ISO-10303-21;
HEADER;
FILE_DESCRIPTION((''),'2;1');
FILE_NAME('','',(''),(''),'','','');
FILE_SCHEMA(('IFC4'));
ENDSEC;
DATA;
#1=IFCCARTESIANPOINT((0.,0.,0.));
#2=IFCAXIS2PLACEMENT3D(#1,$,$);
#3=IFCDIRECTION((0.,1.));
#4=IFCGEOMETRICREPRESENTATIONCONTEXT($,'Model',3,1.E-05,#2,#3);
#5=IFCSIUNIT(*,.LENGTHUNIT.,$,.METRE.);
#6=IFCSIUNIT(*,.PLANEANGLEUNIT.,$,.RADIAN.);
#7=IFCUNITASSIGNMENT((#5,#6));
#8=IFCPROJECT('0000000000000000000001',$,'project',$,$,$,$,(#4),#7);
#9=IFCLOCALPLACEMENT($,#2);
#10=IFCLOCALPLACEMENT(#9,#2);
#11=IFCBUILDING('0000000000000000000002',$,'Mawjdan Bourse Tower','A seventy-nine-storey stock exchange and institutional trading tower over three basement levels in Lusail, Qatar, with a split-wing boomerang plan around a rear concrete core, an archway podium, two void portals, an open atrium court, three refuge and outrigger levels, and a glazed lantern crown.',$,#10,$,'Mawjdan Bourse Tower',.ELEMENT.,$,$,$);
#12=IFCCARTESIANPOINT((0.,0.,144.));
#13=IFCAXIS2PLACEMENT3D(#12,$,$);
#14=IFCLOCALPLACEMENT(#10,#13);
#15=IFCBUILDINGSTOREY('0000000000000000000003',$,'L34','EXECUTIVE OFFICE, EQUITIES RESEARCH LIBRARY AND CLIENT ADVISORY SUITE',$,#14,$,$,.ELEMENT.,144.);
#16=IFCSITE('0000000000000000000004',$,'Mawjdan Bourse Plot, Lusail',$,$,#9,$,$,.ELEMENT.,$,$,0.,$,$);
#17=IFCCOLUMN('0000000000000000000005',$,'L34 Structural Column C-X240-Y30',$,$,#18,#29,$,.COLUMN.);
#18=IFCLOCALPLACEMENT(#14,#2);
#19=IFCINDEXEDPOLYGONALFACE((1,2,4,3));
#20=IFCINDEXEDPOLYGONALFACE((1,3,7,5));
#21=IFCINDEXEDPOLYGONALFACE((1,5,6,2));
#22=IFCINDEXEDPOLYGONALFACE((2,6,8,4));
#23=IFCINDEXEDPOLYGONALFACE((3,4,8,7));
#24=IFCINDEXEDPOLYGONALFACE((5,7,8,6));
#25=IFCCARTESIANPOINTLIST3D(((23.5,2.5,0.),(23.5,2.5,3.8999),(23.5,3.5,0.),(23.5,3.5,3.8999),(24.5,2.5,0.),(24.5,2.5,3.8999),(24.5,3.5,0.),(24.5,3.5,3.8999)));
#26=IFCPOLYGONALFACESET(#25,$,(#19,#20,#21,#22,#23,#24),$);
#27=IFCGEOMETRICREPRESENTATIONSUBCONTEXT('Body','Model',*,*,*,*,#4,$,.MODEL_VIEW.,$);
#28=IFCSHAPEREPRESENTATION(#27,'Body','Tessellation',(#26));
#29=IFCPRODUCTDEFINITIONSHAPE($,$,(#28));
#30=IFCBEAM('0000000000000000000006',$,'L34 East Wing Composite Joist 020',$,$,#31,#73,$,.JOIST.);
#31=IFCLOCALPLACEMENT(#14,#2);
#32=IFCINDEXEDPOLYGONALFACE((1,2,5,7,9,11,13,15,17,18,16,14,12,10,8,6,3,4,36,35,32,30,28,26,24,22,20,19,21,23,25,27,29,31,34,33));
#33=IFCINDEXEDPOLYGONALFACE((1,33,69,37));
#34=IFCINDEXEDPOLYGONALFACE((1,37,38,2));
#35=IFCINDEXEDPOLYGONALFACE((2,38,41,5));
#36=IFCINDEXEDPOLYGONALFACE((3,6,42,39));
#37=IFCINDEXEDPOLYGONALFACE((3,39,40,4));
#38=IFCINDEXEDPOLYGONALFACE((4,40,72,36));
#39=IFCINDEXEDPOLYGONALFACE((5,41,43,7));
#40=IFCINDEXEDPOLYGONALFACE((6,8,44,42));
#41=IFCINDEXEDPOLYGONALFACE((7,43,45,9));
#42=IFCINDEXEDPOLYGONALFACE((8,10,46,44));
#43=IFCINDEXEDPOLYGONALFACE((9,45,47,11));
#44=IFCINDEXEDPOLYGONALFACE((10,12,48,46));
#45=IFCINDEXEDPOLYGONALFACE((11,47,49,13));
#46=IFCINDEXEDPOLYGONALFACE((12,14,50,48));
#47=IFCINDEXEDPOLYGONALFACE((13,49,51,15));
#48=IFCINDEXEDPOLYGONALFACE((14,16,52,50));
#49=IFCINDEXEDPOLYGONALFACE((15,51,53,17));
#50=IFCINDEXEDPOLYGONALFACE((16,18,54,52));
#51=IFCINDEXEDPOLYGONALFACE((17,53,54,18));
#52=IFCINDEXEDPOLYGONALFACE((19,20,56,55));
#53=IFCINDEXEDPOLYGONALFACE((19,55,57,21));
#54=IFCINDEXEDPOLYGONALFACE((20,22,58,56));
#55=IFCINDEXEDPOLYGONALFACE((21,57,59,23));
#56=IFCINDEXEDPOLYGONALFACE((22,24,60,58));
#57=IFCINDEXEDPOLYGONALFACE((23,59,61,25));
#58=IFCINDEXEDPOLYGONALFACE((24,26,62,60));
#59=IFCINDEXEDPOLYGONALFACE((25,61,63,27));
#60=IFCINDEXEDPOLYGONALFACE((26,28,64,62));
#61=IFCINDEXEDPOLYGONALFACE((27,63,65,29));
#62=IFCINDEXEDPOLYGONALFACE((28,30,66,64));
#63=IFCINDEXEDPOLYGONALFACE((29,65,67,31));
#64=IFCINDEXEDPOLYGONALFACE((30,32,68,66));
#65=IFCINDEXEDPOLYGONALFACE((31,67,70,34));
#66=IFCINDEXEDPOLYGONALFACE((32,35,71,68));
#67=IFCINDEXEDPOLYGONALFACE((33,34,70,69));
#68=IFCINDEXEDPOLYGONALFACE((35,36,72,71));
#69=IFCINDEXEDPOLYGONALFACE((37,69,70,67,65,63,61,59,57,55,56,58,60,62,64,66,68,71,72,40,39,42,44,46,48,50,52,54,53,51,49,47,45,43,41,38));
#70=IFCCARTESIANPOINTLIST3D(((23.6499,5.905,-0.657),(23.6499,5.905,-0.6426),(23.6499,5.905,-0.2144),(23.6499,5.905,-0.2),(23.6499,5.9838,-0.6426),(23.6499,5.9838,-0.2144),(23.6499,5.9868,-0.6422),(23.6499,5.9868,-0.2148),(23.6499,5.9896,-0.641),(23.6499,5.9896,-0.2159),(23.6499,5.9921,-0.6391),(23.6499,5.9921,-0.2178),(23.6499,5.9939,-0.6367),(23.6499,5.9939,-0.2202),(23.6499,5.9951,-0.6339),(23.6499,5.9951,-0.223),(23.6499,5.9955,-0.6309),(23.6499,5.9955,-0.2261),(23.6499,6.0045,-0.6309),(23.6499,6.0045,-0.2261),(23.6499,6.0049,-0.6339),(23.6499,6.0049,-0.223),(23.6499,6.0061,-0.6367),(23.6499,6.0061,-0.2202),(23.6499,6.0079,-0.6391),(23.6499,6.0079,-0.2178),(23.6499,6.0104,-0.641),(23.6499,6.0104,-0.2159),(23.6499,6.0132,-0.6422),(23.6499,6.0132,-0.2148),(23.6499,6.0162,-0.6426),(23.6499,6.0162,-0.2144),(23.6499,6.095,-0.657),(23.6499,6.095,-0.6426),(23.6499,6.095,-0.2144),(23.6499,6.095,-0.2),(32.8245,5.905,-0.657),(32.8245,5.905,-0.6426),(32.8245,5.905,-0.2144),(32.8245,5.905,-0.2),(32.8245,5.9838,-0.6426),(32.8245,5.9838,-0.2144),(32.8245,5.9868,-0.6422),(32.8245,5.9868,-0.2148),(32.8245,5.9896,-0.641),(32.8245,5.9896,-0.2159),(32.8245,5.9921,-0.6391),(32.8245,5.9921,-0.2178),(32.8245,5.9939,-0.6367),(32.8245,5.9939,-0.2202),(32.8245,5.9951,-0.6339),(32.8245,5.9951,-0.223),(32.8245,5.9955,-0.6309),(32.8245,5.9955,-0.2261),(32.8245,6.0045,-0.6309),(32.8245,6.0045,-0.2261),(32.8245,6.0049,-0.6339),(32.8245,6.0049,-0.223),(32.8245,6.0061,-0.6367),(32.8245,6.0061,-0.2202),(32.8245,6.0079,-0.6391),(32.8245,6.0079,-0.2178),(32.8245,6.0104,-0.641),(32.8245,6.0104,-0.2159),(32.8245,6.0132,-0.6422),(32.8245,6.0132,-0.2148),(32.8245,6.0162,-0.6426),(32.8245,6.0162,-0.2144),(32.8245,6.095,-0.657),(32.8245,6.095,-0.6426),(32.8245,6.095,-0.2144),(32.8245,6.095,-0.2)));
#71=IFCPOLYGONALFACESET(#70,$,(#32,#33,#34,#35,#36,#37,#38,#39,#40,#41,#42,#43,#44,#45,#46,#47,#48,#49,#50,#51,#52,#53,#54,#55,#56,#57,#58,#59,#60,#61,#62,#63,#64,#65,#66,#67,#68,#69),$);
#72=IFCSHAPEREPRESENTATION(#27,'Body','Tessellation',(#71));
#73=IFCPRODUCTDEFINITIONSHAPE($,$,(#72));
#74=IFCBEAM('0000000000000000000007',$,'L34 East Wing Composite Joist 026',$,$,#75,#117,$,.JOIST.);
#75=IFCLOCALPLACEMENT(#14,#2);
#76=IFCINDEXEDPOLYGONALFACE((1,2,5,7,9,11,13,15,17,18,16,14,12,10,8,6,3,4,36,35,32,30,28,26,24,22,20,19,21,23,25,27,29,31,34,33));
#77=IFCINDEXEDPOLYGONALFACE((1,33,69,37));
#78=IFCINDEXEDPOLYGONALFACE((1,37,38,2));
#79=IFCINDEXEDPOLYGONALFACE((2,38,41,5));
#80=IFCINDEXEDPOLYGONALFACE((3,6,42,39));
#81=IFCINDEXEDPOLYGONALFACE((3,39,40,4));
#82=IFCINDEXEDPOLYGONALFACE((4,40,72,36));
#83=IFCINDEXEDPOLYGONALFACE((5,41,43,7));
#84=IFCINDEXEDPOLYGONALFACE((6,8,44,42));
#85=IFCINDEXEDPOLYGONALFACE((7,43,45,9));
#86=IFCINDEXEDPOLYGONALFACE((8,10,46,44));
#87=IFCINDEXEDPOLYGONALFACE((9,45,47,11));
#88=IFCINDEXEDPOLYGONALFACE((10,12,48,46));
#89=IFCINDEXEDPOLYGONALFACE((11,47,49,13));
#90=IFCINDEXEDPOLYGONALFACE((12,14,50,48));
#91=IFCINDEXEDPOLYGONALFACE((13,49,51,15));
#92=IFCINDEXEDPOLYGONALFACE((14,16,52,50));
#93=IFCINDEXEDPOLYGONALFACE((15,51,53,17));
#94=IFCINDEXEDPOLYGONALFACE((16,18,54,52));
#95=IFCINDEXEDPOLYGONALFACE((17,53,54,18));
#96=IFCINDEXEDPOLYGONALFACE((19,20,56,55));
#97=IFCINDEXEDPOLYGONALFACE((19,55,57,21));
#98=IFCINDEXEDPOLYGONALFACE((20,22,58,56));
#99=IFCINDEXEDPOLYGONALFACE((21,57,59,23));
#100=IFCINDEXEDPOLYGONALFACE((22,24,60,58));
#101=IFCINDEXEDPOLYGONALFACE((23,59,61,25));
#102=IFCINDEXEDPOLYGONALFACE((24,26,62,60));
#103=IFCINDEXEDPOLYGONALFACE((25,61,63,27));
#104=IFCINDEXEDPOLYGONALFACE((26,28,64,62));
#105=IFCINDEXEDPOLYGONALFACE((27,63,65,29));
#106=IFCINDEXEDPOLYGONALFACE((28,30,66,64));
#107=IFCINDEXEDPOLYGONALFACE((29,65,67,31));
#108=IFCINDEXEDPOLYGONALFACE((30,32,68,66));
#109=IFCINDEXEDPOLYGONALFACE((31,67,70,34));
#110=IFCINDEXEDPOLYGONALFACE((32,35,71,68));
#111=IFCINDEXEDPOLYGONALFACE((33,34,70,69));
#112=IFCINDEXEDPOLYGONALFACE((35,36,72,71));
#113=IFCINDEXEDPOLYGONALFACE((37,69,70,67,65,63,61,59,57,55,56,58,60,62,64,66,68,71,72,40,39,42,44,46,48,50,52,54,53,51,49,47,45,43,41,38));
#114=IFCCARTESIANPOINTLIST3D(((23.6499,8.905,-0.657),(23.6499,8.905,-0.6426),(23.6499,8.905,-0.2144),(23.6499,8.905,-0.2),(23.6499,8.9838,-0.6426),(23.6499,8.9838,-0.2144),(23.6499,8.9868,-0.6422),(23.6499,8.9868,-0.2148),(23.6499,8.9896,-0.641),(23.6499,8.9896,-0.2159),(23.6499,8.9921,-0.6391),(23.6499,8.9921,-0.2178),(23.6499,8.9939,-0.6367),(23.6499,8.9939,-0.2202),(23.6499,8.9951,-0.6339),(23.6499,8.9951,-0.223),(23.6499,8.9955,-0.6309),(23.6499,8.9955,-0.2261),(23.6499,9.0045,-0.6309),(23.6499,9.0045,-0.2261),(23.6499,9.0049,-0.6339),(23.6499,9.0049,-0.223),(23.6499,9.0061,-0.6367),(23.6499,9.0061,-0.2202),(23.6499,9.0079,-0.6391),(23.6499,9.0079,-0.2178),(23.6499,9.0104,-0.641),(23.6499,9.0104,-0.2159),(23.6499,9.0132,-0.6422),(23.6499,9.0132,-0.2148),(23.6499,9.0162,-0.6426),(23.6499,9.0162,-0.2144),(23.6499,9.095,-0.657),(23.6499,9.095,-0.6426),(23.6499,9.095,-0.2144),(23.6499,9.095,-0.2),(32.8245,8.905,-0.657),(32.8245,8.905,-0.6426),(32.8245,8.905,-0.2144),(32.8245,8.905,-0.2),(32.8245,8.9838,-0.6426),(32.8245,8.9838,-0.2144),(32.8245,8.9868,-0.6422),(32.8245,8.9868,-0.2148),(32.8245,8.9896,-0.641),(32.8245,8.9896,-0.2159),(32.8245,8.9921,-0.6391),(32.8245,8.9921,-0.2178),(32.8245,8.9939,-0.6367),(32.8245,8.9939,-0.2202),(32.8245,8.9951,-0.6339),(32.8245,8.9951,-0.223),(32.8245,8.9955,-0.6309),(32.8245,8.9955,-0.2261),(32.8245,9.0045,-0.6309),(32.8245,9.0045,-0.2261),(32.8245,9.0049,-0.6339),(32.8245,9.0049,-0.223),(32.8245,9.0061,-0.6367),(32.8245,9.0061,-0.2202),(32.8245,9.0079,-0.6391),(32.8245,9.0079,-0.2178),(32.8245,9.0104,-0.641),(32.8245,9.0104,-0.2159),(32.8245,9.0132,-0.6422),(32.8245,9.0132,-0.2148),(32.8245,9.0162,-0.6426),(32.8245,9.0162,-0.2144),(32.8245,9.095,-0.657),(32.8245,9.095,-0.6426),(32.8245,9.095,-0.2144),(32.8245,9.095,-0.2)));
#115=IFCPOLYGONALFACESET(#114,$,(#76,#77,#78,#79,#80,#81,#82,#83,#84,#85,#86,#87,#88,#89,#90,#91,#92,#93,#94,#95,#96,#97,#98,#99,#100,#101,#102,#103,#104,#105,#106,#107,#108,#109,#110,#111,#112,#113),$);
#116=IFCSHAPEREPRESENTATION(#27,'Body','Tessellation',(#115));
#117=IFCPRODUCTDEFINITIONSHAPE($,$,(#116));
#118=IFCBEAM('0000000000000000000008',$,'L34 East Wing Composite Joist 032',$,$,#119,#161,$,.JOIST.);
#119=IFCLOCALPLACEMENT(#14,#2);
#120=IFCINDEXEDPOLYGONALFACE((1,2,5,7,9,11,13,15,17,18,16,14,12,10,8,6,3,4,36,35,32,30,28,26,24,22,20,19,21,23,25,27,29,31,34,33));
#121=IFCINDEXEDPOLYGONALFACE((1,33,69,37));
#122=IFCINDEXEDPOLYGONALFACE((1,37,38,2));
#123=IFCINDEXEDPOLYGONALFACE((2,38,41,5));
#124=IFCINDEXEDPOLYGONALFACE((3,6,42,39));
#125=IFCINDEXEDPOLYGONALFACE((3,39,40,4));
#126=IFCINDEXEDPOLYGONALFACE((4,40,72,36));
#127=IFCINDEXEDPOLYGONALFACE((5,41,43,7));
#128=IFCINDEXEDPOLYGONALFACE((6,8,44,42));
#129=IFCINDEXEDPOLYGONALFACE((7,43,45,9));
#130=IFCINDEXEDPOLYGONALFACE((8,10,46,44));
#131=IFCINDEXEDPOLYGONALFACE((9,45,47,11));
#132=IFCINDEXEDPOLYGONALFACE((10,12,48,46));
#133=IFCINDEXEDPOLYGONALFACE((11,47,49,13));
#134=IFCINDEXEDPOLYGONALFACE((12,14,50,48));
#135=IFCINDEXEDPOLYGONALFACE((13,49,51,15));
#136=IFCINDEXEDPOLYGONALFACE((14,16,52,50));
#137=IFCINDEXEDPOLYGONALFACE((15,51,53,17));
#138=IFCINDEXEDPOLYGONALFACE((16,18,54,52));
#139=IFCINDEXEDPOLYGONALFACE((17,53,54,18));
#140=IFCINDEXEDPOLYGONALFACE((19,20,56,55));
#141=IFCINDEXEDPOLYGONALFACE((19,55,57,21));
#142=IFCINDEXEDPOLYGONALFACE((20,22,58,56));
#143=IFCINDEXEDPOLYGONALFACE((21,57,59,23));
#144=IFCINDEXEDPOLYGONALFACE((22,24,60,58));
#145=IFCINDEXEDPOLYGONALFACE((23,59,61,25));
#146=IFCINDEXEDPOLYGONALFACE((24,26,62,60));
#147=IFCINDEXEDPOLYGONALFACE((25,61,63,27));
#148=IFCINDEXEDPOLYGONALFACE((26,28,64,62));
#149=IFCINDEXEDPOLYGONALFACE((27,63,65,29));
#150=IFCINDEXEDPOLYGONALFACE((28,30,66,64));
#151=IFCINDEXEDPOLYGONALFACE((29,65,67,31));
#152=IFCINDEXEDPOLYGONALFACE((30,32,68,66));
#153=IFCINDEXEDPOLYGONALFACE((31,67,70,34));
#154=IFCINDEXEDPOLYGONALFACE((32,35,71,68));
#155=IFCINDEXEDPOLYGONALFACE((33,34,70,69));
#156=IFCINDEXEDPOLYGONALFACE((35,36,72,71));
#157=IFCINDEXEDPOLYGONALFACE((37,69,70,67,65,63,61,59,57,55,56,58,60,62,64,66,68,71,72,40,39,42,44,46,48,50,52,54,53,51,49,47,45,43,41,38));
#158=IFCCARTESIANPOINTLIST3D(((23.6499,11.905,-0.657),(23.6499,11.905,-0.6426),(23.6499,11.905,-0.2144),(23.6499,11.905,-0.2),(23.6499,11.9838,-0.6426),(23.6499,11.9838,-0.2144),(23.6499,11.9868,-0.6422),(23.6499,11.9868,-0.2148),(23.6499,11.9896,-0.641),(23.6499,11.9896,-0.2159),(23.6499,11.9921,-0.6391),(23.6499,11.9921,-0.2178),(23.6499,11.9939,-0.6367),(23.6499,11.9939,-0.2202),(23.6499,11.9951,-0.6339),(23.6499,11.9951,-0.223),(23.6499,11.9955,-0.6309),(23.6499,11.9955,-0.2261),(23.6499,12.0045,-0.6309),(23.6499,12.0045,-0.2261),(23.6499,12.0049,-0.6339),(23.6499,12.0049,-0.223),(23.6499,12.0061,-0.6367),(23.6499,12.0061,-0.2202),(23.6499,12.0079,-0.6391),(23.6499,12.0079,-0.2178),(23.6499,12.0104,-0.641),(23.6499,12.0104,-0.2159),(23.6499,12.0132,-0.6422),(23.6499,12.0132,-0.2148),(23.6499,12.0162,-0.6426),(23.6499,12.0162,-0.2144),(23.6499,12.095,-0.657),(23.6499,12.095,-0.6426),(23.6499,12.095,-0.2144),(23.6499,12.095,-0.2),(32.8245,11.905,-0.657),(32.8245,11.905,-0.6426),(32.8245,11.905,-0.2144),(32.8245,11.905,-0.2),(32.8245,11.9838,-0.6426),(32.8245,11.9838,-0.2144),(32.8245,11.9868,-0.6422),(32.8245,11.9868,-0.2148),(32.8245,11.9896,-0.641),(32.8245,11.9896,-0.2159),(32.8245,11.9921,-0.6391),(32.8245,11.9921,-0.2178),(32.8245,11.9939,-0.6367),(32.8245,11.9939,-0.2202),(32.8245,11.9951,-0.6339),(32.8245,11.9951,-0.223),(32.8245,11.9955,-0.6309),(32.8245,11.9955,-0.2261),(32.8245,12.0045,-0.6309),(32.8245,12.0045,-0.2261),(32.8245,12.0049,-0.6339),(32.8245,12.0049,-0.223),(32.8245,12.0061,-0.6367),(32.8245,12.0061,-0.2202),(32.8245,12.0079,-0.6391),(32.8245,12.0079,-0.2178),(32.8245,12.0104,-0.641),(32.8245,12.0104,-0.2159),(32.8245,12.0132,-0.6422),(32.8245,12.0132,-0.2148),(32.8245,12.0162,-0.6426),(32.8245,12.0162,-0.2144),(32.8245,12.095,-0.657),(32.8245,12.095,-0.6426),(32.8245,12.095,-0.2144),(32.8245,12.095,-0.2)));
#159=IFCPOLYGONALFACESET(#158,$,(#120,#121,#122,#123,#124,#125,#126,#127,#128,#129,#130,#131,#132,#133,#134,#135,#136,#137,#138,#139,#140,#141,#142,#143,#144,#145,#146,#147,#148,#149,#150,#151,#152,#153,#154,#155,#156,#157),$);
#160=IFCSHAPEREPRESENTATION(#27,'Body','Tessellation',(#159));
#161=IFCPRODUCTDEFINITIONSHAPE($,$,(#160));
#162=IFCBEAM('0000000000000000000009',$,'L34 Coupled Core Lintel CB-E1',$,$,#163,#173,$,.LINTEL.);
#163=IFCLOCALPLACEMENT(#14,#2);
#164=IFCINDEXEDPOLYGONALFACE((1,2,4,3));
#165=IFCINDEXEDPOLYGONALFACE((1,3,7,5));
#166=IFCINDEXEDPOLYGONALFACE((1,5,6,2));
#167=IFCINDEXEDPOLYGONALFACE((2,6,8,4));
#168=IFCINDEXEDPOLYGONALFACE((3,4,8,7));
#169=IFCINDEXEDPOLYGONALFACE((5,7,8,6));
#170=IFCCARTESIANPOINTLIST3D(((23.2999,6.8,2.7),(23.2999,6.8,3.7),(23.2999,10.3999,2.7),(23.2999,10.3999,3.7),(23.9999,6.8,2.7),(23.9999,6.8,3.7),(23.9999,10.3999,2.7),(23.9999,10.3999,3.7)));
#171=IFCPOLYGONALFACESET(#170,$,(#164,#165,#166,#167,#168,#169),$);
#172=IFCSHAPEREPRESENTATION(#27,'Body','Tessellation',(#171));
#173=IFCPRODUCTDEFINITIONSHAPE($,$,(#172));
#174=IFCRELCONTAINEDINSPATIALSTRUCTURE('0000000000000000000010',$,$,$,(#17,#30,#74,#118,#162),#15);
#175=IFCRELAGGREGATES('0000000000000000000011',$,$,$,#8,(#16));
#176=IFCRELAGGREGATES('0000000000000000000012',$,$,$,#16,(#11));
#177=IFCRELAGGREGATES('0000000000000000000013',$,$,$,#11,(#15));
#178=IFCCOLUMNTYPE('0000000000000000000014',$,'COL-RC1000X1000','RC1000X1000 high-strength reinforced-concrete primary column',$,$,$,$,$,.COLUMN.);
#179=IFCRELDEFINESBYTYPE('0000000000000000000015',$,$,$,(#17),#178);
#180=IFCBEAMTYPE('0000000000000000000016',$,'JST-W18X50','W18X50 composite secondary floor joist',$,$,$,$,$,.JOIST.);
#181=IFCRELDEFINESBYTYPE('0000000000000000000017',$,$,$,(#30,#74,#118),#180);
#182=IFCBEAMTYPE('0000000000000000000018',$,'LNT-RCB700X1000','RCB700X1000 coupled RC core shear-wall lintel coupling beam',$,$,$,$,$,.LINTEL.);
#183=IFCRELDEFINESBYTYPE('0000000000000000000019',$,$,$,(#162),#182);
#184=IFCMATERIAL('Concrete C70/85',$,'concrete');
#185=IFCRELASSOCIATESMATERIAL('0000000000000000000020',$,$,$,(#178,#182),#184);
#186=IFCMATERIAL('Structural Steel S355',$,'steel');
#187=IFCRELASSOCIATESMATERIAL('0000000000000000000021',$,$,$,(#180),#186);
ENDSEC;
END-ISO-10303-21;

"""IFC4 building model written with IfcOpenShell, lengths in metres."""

from ifc_helpers import new_model, si_unit, direction, frame, origin, origin_2d, place, context, subcontext, project, spatial, rectangle, i_section, extrude, material, material_profile, profile_set, type_object, element, save


model = new_model("IFC4")

# Units and contexts
model_context = context("Model", 3, precision=1e-05, world=origin(), true_north=direction((0.0, 1.0)))
body_context = subcontext(model_context, "Body", "Model", "MODEL_VIEW")
ifc_project = project(units=[si_unit("LENGTHUNIT", "METRE"), si_unit("PLANEANGLEUNIT", "RADIAN")], contexts=[model_context])

# Site, building, storey
site_placement = place(None, origin())
site = spatial("IfcSite", under=ifc_project, at=site_placement, Name="Mawjdan Bourse Plot, Lusail", CompositionType="ELEMENT", RefElevation=0.0)
building_placement = place(site_placement, origin())
building = spatial("IfcBuilding", under=site, at=building_placement, Name="Mawjdan Bourse Tower", Description="A seventy-nine-storey stock exchange and institutional trading tower over three basement levels in Lusail, Qatar, with a split-wing boomerang plan around a rear concrete core, an archway podium, two void portals, an open atrium court, three refuge and outrigger levels, and a glazed lantern crown.", LongName="Mawjdan Bourse Tower", CompositionType="ELEMENT")
storey_placement = place(building_placement, frame((0.0, 0.0, 144.0)))
storey = spatial("IfcBuildingStorey", under=building, at=storey_placement, Name="L34", Description="EXECUTIVE OFFICE, EQUITIES RESEARCH LIBRARY AND CLIENT ADVISORY SUITE", CompositionType="ELEMENT", Elevation=144.0)

# Column
ifc_material_1 = material(Name="Concrete C70/85", Category="concrete")
ifc_material_profile_1 = material_profile(ifc_material_1, rectangle(XDim=1.0, YDim=1.0, at=origin_2d()), Name="RC1000X1000")
ifc_profile_set_1 = profile_set([ifc_material_profile_1], Name="Concrete C70/85")
column_type = type_object("IfcColumnType", Name="COL-RC1000X1000", Description="RC1000X1000 high-strength reinforced-concrete primary column", PredefinedType="COLUMN", material=ifc_profile_set_1)
column_placement = place(storey_placement, frame((24.0, 3.0, 0.0), z_axis=(0.0, 0.0, 1.0), x_axis=(1.0, 0.0, 0.0)))
element("IfcColumn", 1, at=column_placement, inside=storey, type_object=column_type, Name="L34 Structural Column C-X240-Y30", PredefinedType="COLUMN", context=body_context, shape_type="SweptSolid", body=[
    extrude(rectangle(XDim=1.0, YDim=1.0, at=origin_2d()), origin(), (0.0, 0.0, 1.0), 3.8999),
])

# Beams
ifc_material_2 = material(Name="Structural Steel S355", Category="steel")
ifc_material_profile_2 = material_profile(ifc_material_2, i_section(OverallWidth=0.1899, OverallDepth=0.457, WebThickness=0.009, FlangeThickness=0.0144, FilletRadius=0.0117, at=origin_2d()), Name="W18X50")
ifc_profile_set_2 = profile_set([ifc_material_profile_2], Name="Structural Steel S355")
beam_type_1 = type_object("IfcBeamType", Name="JST-W18X50", Description="W18X50 composite secondary floor joist", PredefinedType="JOIST", material=ifc_profile_set_2)
for number, where, z_axis, x_axis, name in (
    (2, (23.6499, 6.0, -0.4285), (1.0, 0.0, 0.0), (0.0, 1.0, 0.0), "L34 East Wing Composite Joist 020"),
    (3, (23.6499, 9.0, -0.4285), (1.0, 0.0, 0.0), (0.0, 1.0, 0.0), "L34 East Wing Composite Joist 026"),
    (4, (23.6499, 12.0, -0.4285), (1.0, 0.0, 0.0), (0.0, 1.0, 0.0), "L34 East Wing Composite Joist 032"),
):
    element("IfcBeam", number, at=place(storey_placement, frame(where, z_axis=z_axis, x_axis=x_axis)), inside=storey, type_object=beam_type_1, Name=name, PredefinedType="JOIST", context=body_context, shape_type="SweptSolid", body=[
        extrude(i_section(OverallWidth=0.1899, OverallDepth=0.457, WebThickness=0.009, FlangeThickness=0.0144, FilletRadius=0.0117, at=origin_2d()), origin(), (0.0, 0.0, 1.0), 9.1746),
    ])
ifc_material_profile_3 = material_profile(ifc_material_1, rectangle(XDim=0.7, YDim=1.0, at=origin_2d()), Name="RCB700X1000")
ifc_profile_set_3 = profile_set([ifc_material_profile_3], Name="Concrete C70/85")
beam_type_2 = type_object("IfcBeamType", Name="LNT-RCB700X1000", Description="RCB700X1000 coupled RC core shear-wall lintel coupling beam", PredefinedType="LINTEL", material=ifc_profile_set_3)
beam_1_placement = place(storey_placement, frame((23.6499, 6.8, 3.2), z_axis=(0.0, 1.0, 0.0), x_axis=(-1.0, 0.0, 0.0)))
element("IfcBeam", 5, at=beam_1_placement, inside=storey, type_object=beam_type_2, Name="L34 Coupled Core Lintel CB-E1", PredefinedType="LINTEL", context=body_context, shape_type="SweptSolid", body=[
    extrude(rectangle(XDim=0.7, YDim=1.0, at=origin_2d()), origin(), (0.0, 0.0, 1.0), 3.5999),
])

save(model, "model.ifc")
